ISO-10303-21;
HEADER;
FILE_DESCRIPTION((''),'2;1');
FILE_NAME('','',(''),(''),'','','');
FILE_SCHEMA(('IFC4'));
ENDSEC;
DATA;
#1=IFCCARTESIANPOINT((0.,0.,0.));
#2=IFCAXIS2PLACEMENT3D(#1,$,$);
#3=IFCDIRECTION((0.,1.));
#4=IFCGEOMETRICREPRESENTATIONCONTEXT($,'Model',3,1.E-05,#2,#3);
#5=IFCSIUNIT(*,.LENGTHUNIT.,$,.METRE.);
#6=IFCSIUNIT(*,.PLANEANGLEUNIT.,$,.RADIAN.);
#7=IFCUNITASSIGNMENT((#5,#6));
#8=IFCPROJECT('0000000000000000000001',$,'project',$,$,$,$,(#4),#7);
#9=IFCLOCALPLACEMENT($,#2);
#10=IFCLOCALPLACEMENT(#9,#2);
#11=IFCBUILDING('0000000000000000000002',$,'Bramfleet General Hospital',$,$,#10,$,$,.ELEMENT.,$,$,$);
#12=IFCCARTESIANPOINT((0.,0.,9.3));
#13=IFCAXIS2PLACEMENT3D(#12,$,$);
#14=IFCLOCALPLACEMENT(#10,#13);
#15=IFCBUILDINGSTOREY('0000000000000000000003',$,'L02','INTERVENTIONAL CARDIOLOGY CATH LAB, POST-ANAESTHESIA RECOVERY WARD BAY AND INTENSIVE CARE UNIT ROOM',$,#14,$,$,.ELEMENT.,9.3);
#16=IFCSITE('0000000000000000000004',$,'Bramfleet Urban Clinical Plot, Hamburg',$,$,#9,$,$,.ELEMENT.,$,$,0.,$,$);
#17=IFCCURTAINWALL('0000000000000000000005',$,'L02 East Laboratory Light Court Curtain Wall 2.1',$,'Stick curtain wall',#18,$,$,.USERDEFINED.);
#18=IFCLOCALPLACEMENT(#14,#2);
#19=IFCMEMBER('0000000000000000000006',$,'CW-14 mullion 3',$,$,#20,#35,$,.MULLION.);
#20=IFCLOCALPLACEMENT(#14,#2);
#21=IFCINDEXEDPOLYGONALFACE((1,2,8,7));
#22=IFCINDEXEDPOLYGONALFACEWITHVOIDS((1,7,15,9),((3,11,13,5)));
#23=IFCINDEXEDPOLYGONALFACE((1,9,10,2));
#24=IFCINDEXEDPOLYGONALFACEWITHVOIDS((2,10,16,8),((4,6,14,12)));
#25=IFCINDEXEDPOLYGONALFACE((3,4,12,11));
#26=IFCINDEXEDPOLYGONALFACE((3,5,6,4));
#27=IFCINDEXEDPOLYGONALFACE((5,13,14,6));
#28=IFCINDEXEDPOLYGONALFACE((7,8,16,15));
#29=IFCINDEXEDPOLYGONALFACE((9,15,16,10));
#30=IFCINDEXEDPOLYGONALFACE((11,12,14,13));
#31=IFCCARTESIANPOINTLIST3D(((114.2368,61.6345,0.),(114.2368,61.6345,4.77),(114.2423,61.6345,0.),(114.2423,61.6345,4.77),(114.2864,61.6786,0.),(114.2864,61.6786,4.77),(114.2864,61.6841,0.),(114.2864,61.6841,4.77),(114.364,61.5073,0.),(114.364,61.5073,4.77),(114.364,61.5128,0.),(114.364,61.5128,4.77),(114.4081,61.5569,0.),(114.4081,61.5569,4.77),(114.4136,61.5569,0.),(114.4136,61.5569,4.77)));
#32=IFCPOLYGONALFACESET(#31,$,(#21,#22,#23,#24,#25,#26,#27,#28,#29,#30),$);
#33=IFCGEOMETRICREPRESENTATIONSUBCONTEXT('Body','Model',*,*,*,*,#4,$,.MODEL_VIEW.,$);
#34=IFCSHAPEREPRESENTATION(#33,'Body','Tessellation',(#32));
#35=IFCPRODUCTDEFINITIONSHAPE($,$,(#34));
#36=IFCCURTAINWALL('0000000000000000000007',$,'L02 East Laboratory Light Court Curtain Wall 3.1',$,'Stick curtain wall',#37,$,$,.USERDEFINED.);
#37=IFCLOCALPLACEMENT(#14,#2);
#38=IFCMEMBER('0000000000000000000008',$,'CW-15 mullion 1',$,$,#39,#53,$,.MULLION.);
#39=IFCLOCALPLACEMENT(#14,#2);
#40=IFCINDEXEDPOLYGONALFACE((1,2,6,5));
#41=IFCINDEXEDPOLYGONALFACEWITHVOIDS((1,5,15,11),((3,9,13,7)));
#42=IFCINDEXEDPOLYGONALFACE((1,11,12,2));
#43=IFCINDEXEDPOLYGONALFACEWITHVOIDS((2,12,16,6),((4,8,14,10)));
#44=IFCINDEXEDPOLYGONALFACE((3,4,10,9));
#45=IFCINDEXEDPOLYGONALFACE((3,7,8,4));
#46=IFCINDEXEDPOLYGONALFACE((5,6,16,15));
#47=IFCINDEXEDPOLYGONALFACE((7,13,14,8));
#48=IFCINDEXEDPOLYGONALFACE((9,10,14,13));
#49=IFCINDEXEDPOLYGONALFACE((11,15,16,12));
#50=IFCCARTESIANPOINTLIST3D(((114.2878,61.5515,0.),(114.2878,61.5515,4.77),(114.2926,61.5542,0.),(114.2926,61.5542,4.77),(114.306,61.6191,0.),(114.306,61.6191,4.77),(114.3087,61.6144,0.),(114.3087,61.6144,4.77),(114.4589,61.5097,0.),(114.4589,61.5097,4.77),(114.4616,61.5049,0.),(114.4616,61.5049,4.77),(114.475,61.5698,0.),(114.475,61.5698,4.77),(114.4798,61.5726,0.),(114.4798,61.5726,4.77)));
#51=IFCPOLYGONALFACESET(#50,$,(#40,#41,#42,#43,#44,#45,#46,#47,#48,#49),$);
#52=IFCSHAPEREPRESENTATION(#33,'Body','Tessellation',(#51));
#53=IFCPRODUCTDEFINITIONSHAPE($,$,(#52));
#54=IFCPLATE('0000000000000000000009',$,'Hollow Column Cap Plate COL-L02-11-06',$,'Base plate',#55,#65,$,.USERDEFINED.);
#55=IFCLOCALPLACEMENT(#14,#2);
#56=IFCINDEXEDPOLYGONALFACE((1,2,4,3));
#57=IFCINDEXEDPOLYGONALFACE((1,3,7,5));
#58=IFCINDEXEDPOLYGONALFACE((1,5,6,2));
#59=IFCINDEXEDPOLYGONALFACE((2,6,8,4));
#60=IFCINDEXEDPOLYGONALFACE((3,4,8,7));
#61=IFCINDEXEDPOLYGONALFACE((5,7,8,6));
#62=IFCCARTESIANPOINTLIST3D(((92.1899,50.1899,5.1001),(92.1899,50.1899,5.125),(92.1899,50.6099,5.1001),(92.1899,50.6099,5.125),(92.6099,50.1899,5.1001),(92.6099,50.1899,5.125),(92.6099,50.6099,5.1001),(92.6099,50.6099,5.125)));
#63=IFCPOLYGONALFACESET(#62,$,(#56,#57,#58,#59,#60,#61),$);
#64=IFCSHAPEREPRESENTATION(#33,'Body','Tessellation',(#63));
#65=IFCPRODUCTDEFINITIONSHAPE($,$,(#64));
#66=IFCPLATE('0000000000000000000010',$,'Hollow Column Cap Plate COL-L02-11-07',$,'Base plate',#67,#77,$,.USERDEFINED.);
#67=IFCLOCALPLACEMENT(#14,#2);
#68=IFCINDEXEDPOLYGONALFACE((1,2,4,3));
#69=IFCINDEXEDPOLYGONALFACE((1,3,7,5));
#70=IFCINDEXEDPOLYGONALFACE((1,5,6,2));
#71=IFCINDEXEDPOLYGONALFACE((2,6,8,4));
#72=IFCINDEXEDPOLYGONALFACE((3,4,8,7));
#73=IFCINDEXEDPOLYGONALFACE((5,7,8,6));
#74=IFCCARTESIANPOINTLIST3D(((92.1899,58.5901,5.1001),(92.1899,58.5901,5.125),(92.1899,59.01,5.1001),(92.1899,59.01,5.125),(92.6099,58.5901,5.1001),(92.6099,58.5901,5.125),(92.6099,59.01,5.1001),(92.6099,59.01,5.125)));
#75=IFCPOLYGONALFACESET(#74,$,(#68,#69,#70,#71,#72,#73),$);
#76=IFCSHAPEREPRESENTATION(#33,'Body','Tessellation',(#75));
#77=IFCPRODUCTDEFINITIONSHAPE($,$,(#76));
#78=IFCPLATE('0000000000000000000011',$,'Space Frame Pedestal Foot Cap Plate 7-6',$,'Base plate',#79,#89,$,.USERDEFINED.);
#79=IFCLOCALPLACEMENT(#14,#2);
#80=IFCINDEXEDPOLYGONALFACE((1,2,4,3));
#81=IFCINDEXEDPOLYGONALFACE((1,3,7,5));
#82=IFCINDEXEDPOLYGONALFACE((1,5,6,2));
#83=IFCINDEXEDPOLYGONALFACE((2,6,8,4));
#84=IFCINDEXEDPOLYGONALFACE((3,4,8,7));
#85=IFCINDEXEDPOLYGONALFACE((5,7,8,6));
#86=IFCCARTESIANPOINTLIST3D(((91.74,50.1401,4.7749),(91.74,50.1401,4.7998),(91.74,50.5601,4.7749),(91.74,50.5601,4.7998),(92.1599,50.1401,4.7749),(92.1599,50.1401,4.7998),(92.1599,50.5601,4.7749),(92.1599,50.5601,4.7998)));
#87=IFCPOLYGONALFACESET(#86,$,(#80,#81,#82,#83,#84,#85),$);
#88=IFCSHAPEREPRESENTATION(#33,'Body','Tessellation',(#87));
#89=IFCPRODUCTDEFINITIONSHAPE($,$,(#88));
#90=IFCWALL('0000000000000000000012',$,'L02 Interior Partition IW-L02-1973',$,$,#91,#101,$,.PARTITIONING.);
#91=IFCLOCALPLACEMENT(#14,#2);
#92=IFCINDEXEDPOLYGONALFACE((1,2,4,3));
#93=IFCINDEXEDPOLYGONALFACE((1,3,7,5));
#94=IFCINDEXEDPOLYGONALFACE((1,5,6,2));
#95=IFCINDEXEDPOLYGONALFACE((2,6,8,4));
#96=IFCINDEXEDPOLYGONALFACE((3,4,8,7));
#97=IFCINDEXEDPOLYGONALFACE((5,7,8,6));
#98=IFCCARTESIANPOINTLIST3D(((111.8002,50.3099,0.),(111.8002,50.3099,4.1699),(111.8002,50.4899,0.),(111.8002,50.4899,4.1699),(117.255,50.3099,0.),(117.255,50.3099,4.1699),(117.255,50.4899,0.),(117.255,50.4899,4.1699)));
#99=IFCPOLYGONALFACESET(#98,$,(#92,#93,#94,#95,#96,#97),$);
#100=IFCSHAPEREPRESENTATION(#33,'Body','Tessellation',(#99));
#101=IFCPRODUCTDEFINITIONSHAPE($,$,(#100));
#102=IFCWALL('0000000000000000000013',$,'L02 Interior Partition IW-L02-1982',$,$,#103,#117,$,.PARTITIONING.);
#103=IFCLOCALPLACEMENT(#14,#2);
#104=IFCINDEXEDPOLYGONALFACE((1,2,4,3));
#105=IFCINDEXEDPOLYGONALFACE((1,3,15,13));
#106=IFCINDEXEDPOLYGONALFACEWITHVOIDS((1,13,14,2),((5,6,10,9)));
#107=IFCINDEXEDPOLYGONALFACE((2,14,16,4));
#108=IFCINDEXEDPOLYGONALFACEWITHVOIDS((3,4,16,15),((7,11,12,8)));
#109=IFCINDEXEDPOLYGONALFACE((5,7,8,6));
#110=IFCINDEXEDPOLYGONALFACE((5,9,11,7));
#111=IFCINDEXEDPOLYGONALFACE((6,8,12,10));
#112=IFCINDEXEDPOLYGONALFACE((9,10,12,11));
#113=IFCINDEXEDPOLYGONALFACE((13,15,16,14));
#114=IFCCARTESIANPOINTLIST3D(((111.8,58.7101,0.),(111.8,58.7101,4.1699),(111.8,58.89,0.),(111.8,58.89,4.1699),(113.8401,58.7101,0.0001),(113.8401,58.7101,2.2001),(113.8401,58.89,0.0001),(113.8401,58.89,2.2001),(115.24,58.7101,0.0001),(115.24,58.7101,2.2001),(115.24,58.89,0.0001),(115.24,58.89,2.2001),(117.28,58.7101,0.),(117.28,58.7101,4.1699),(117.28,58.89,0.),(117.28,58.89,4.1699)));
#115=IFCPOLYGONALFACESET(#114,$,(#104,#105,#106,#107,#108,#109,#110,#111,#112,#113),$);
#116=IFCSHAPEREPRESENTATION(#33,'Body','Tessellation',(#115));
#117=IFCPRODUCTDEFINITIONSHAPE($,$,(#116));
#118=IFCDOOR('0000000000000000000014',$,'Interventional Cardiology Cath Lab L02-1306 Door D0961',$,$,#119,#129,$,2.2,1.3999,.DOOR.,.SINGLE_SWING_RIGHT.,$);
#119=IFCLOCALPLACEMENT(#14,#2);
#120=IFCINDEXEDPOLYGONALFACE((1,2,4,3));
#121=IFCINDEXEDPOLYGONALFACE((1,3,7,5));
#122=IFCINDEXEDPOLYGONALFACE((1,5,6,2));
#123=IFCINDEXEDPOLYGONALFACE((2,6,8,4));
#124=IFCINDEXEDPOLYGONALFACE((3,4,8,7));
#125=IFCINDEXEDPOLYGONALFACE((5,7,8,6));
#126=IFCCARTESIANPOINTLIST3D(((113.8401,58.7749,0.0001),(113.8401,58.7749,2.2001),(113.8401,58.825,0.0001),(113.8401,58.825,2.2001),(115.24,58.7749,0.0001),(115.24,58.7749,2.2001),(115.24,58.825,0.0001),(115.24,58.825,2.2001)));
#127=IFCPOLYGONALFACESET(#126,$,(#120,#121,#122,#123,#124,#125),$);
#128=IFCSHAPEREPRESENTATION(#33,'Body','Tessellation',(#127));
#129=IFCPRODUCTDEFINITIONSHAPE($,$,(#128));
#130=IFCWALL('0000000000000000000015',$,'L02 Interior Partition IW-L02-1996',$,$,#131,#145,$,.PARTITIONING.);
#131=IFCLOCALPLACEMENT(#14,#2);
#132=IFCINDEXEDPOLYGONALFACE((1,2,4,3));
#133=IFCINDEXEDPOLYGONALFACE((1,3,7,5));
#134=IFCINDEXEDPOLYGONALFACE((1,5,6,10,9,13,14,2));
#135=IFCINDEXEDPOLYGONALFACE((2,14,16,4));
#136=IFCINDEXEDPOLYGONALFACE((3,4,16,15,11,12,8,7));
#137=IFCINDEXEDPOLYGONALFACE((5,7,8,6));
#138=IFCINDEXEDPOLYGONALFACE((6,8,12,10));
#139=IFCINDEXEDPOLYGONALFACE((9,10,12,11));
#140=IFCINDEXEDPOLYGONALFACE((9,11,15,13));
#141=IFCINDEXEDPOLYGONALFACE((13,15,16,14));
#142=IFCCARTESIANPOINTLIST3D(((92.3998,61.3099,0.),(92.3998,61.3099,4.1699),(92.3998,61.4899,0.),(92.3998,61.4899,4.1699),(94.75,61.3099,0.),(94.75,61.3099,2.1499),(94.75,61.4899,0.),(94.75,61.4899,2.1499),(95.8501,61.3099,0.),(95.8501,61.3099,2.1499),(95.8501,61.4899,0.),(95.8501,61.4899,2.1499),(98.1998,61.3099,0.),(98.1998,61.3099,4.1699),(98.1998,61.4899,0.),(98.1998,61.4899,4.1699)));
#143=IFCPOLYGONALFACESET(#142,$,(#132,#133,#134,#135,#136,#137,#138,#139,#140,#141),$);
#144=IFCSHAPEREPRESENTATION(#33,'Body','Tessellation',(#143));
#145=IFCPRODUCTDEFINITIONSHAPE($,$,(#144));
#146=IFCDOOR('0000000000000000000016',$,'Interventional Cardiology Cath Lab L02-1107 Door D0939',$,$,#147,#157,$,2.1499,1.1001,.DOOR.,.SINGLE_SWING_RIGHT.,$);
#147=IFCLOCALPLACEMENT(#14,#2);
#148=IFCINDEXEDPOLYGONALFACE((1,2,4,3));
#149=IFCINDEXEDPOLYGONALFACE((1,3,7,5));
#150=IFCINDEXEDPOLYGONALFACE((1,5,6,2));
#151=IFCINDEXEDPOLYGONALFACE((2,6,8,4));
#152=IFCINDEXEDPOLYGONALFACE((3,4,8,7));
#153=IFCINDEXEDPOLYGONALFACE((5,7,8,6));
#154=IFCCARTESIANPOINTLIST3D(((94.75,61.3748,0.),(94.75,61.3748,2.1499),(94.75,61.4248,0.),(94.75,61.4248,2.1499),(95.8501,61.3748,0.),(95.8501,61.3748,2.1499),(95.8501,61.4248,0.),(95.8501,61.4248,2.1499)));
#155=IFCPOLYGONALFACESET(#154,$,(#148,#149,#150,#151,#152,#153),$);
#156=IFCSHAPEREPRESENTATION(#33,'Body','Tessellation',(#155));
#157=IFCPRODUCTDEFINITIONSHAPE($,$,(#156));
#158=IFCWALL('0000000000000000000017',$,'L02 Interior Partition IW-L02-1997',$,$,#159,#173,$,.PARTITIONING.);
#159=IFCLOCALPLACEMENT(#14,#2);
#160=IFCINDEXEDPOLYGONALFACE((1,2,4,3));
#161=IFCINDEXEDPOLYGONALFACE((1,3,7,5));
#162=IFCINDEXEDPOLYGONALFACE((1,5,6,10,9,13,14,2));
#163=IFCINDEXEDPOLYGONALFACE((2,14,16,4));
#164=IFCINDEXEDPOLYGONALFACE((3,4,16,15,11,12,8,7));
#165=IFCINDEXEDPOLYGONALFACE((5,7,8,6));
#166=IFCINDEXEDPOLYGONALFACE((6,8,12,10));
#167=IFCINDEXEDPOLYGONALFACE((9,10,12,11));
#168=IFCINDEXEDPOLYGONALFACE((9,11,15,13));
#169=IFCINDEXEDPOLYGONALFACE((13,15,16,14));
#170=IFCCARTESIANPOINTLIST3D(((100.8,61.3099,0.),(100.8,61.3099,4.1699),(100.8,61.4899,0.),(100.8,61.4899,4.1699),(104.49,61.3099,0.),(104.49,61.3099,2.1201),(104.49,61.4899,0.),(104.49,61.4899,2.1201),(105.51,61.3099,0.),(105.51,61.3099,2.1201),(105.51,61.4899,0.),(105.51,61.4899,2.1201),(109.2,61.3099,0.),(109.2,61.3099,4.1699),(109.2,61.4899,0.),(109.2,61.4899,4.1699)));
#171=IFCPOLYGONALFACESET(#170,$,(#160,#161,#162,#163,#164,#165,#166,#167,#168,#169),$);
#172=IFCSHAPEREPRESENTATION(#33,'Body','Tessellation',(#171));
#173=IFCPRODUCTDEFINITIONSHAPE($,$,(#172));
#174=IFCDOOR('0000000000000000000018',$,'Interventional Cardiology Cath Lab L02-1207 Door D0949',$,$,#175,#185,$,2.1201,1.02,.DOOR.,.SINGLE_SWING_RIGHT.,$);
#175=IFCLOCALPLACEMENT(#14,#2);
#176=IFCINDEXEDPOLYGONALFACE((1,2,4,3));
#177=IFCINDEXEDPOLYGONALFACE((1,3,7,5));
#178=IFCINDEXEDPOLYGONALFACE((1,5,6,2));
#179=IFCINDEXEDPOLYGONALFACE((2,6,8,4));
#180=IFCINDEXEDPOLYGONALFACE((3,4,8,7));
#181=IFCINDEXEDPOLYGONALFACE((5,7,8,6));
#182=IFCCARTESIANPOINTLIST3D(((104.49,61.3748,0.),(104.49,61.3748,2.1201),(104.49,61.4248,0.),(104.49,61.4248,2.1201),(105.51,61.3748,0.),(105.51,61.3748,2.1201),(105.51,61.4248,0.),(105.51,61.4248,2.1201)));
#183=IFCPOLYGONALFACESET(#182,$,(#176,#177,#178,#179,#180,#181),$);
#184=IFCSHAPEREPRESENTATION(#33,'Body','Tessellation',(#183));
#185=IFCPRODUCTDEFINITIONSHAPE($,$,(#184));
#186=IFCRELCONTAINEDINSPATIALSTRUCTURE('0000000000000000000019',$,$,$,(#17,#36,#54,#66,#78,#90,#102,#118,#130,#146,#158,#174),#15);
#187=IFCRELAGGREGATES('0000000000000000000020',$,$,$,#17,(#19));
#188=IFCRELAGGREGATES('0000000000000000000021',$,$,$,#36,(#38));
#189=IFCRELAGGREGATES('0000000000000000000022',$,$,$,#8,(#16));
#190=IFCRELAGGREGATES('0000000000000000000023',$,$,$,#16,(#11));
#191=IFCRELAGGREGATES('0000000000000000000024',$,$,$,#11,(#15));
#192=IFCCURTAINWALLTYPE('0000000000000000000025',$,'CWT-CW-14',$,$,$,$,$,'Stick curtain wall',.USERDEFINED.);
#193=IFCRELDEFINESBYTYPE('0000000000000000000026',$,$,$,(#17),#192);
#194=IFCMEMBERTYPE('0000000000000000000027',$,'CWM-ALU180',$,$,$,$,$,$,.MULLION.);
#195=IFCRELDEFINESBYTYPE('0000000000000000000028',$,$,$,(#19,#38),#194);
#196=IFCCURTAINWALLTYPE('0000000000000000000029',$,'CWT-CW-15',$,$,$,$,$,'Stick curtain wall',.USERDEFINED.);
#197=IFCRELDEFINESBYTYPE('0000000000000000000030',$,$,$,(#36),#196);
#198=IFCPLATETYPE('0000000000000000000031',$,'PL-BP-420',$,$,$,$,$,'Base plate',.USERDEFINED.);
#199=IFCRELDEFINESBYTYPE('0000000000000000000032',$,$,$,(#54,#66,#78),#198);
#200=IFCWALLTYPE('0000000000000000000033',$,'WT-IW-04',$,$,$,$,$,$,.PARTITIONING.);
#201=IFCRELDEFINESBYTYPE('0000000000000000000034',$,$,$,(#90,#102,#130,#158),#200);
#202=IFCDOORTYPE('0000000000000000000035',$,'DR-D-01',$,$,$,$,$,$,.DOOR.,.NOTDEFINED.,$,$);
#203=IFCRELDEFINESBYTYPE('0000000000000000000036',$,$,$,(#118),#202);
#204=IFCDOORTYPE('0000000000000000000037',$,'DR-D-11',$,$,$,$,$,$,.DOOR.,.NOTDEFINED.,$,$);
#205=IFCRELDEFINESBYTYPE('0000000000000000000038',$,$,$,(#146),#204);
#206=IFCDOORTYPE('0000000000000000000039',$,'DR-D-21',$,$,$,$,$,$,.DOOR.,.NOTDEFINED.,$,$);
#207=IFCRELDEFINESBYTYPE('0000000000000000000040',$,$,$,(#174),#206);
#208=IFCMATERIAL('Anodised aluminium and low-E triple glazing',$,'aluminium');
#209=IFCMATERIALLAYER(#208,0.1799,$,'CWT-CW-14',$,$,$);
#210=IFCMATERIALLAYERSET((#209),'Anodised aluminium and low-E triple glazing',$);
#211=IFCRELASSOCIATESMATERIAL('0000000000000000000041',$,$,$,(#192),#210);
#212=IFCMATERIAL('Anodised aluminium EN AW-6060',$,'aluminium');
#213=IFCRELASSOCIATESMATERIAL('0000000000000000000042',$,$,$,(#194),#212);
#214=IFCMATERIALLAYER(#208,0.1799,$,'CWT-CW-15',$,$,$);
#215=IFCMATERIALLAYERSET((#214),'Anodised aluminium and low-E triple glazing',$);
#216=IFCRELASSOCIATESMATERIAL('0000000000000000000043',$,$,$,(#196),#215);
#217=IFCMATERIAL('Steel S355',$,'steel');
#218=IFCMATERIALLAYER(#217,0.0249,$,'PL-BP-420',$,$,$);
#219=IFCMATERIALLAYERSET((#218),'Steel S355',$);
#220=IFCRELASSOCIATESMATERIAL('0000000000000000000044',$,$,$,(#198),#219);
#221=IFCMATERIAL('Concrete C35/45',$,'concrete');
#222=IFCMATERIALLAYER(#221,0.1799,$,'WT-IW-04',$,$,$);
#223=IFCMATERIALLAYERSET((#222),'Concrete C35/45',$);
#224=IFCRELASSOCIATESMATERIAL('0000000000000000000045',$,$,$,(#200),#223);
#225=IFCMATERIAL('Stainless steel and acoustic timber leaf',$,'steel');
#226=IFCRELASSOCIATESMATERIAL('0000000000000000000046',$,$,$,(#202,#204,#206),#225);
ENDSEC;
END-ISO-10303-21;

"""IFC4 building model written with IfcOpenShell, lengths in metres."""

from ifc_helpers import new_model, si_unit, direction, frame, frame_2d, origin, origin_2d, place, context, subcontext, project, spatial, rectangle, hollow_rectangle, extrude, material, layer, layer_set, material_profile, profile_set, type_object, element, fill, aggregate, save


model = new_model("IFC4")

# Units and contexts
model_context = context("Model", 3, precision=1e-05, world=origin(), true_north=direction((0.0, 1.0)))
body_context = subcontext(model_context, "Body", "Model", "MODEL_VIEW")
ifc_project = project(units=[si_unit("LENGTHUNIT", "METRE"), si_unit("PLANEANGLEUNIT", "RADIAN")], contexts=[model_context])

# Site, building, storey
site_placement = place(None, origin())
site = spatial("IfcSite", under=ifc_project, at=site_placement, Name="Bramfleet Urban Clinical Plot, Hamburg", CompositionType="ELEMENT", RefElevation=0.0)
building_placement = place(site_placement, origin())
building = spatial("IfcBuilding", under=site, at=building_placement, Name="Bramfleet General Hospital", CompositionType="ELEMENT")
storey_placement = place(building_placement, frame((0.0, 0.0, 9.3)))
storey = spatial("IfcBuildingStorey", under=building, at=storey_placement, Name="L02", Description="INTERVENTIONAL CARDIOLOGY CATH LAB, POST-ANAESTHESIA RECOVERY WARD BAY AND INTENSIVE CARE UNIT ROOM", CompositionType="ELEMENT", Elevation=9.3)

# Shared definitions
ifc_material_1 = material(Name="Steel S355", Category="steel")

# Shared definitions
ifc_material_2 = material(Name="Concrete C35/45", Category="concrete")

# Curtain walls, members
ifc_material_3 = material(Name="Anodised aluminium and low-E triple glazing", Category="aluminium")
ifc_layer_1 = layer(ifc_material_3, 0.1799, Name="CWT-CW-14")
ifc_layer_set_1 = layer_set([ifc_layer_1], Name="Anodised aluminium and low-E triple glazing")
curtain_wall_type_1 = type_object("IfcCurtainWallType", Name="CWT-CW-14", ElementType="Stick curtain wall", PredefinedType="USERDEFINED", material=ifc_layer_set_1)
curtain_wall_1_placement = place(storey_placement, origin())
curtain_wall_1 = element("IfcCurtainWall", 1, at=curtain_wall_1_placement, inside=storey, type_object=curtain_wall_type_1, Name="L02 East Laboratory Light Court Curtain Wall 2.1", ObjectType="Stick curtain wall", PredefinedType="USERDEFINED")
ifc_material_4 = material(Name="Anodised aluminium EN AW-6060", Category="aluminium")
ifc_material_profile_1 = material_profile(ifc_material_4, hollow_rectangle(XDim=0.0701, YDim=0.1799, WallThickness=0.0039, at=origin_2d()), Name="ALU 180x70x4.0")
ifc_profile_set_1 = profile_set([ifc_material_profile_1], Name="Anodised aluminium EN AW-6060")
member_type = type_object("IfcMemberType", Name="CWM-ALU180", PredefinedType="MULLION", material=ifc_profile_set_1)
member_1_placement = place(storey_placement, frame((114.3252, 61.5957, 0.0), z_axis=(0.0, 0.0, 1.0), x_axis=(0.707107, 0.707107, 0.0)))
member_1 = element("IfcMember", 2, at=member_1_placement, type_object=member_type, Name="CW-14 mullion 3", PredefinedType="MULLION", context=body_context, shape_type="SweptSolid", body=[
    extrude(hollow_rectangle(XDim=0.0701, YDim=0.1799, WallThickness=0.0039, at=origin_2d()), origin(), (0.0, 0.0, 1.0), 4.77),
])
aggregate(curtain_wall_1, [member_1])
ifc_layer_2 = layer(ifc_material_3, 0.1799, Name="CWT-CW-15")
ifc_layer_set_2 = layer_set([ifc_layer_2], Name="Anodised aluminium and low-E triple glazing")
curtain_wall_type_2 = type_object("IfcCurtainWallType", Name="CWT-CW-15", ElementType="Stick curtain wall", PredefinedType="USERDEFINED", material=ifc_layer_set_2)
curtain_wall_2_placement = place(storey_placement, origin())
curtain_wall_2 = element("IfcCurtainWall", 3, at=curtain_wall_2_placement, inside=storey, type_object=curtain_wall_type_2, Name="L02 East Laboratory Light Court Curtain Wall 3.1", ObjectType="Stick curtain wall", PredefinedType="USERDEFINED")
member_2_placement = place(storey_placement, frame((114.3838, 61.562, 0.0), z_axis=(0.0, 0.0, 1.0), x_axis=(0.258865, 0.965914, 0.0)))
member_2 = element("IfcMember", 4, at=member_2_placement, type_object=member_type, Name="CW-15 mullion 1", PredefinedType="MULLION", context=body_context, shape_type="SweptSolid", body=[
    extrude(hollow_rectangle(XDim=0.0701, YDim=0.1799, WallThickness=0.0039, at=origin_2d()), origin(), (0.0, 0.0, 1.0), 4.77),
])
aggregate(curtain_wall_2, [member_2])

# Plates
ifc_layer_3 = layer(ifc_material_1, 0.0249, Name="PL-BP-420")
ifc_layer_set_3 = layer_set([ifc_layer_3], Name="Steel S355")
plate_type = type_object("IfcPlateType", Name="PL-BP-420", ElementType="Base plate", PredefinedType="USERDEFINED", material=ifc_layer_set_3)
for number, where, z_axis, x_axis, name in (
    (5, (92.3999, 50.3999, 5.1001), (0.0, 0.0, 1.0), (1.0, 0.0, 0.0), "Hollow Column Cap Plate COL-L02-11-06"),
    (6, (92.3999, 58.8, 5.1001), (0.0, 0.0, 1.0), (1.0, 0.0, 0.0), "Hollow Column Cap Plate COL-L02-11-07"),
    (7, (91.95, 50.3501, 4.7749), (0.0, 0.0, 1.0), (1.0, 0.0, 0.0), "Space Frame Pedestal Foot Cap Plate 7-6"),
):
    element("IfcPlate", number, at=place(storey_placement, frame(where, z_axis=z_axis, x_axis=x_axis)), inside=storey, type_object=plate_type, Name=name, ObjectType="Base plate", PredefinedType="USERDEFINED", context=body_context, shape_type="SweptSolid", body=[
        extrude(rectangle(XDim=0.4199, YDim=0.4199, at=origin_2d()), origin(), (0.0, 0.0, 1.0), 0.0249),
    ])

# Wall
ifc_layer_4 = layer(ifc_material_2, 0.1799, Name="WT-IW-04")
ifc_layer_set_4 = layer_set([ifc_layer_4], Name="Concrete C35/45")
wall_type = type_object("IfcWallType", Name="WT-IW-04", PredefinedType="PARTITIONING", material=ifc_layer_set_4)
wall_1_placement = place(storey_placement, frame((111.8, 50.3999, 0.0), z_axis=(0.0, 0.0, 1.0), x_axis=(1.0, 0.0, 0.0)))
element("IfcWall", 8, at=wall_1_placement, inside=storey, type_object=wall_type, Name="L02 Interior Partition IW-L02-1973", PredefinedType="PARTITIONING", context=body_context, shape_type="SweptSolid", body=[
    extrude(rectangle(XDim=5.4548, YDim=0.1799, at=frame_2d((2.7275, 0.0))), origin(), (0.0, 0.0, 1.0), 4.1699),
])

# Walls, openings, doors
wall_2_placement = place(storey_placement, frame((111.8, 58.8, 0.0), z_axis=(0.0, 0.0, 1.0), x_axis=(1.0, 0.0, 0.0)))
wall_2 = element("IfcWall", 9, at=wall_2_placement, inside=storey, type_object=wall_type, Name="L02 Interior Partition IW-L02-1982", PredefinedType="PARTITIONING", context=body_context, shape_type="SweptSolid", body=[
    extrude(rectangle(XDim=5.48, YDim=0.1799, at=frame_2d((2.74, 0.0))), origin(), (0.0, 0.0, 1.0), 4.1699),
])
opening_1_placement = place(wall_2_placement, frame((2.04, 0.0, 0.0)))
opening_1 = element("IfcOpeningElement", 10, at=opening_1_placement, cuts=wall_2, PredefinedType="OPENING", context=body_context, shape_type="SweptSolid", body=[
    extrude(rectangle(XDim=1.3999, YDim=2.2, at=frame_2d((0.7, 1.1001))), frame((0.0, 0.0999, 0.0), z_axis=(0.0, -1.0, 0.0), x_axis=(1.0, 0.0, 0.0)), (0.0, 0.0, 1.0), 0.2),
])
ifc_material_5 = material(Name="Stainless steel and acoustic timber leaf", Category="steel")
door_type_1 = type_object("IfcDoorType", Name="DR-D-01", OperationType="NOTDEFINED", PredefinedType="DOOR", material=ifc_material_5)
door_1_placement = place(opening_1_placement, origin())
door_1 = element("IfcDoor", 11, at=door_1_placement, inside=storey, type_object=door_type_1, Name="Interventional Cardiology Cath Lab L02-1306 Door D0961", OperationType="SINGLE_SWING_RIGHT", OverallHeight=2.2, OverallWidth=1.3999, PredefinedType="DOOR", context=body_context, shape_type="SweptSolid", body=[
    extrude(rectangle(XDim=1.3999, YDim=2.2, at=frame_2d((0.7, 1.1001))), frame((0.0, 0.0249, 0.0), z_axis=(0.0, -1.0, 0.0), x_axis=(1.0, 0.0, 0.0)), (0.0, 0.0, 1.0), 0.05),
])
fill(opening_1, door_1)
wall_3_placement = place(storey_placement, frame((92.3999, 61.3999, 0.0), z_axis=(0.0, 0.0, 1.0), x_axis=(1.0, 0.0, 0.0)))
wall_3 = element("IfcWall", 12, at=wall_3_placement, inside=storey, type_object=wall_type, Name="L02 Interior Partition IW-L02-1996", PredefinedType="PARTITIONING", context=body_context, shape_type="SweptSolid", body=[
    extrude(rectangle(XDim=5.8, YDim=0.1799, at=frame_2d((2.8999, 0.0))), origin(), (0.0, 0.0, 1.0), 4.1699),
])
opening_2_placement = place(wall_3_placement, frame((2.3501, 0.0, 0.0)))
opening_2 = element("IfcOpeningElement", 13, at=opening_2_placement, cuts=wall_3, PredefinedType="OPENING", context=body_context, shape_type="SweptSolid", body=[
    extrude(rectangle(XDim=1.1001, YDim=2.1499, at=frame_2d((0.55, 1.075))), frame((0.0, 0.0999, 0.0), z_axis=(0.0, -1.0, 0.0), x_axis=(1.0, 0.0, 0.0)), (0.0, 0.0, 1.0), 0.2),
])
door_type_2 = type_object("IfcDoorType", Name="DR-D-11", OperationType="NOTDEFINED", PredefinedType="DOOR", material=ifc_material_5)
door_2_placement = place(opening_2_placement, origin())
door_2 = element("IfcDoor", 14, at=door_2_placement, inside=storey, type_object=door_type_2, Name="Interventional Cardiology Cath Lab L02-1107 Door D0939", OperationType="SINGLE_SWING_RIGHT", OverallHeight=2.1499, OverallWidth=1.1001, PredefinedType="DOOR", context=body_context, shape_type="SweptSolid", body=[
    extrude(rectangle(XDim=1.1001, YDim=2.1499, at=frame_2d((0.55, 1.075))), frame((0.0, 0.0249, 0.0), z_axis=(0.0, -1.0, 0.0), x_axis=(1.0, 0.0, 0.0)), (0.0, 0.0, 1.0), 0.05),
])
fill(opening_2, door_2)
wall_4_placement = place(storey_placement, frame((100.8, 61.3999, 0.0), z_axis=(0.0, 0.0, 1.0), x_axis=(1.0, 0.0, 0.0)))
wall_4 = element("IfcWall", 15, at=wall_4_placement, inside=storey, type_object=wall_type, Name="L02 Interior Partition IW-L02-1997", PredefinedType="PARTITIONING", context=body_context, shape_type="SweptSolid", body=[
    extrude(rectangle(XDim=8.3999, YDim=0.1799, at=frame_2d((4.2, 0.0))), origin(), (0.0, 0.0, 1.0), 4.1699),
])
opening_3_placement = place(wall_4_placement, frame((3.6899, 0.0, 0.0)))
opening_3 = element("IfcOpeningElement", 16, at=opening_3_placement, cuts=wall_4, PredefinedType="OPENING", context=body_context, shape_type="SweptSolid", body=[
    extrude(rectangle(XDim=1.02, YDim=2.1201, at=frame_2d((0.51, 1.0601))), frame((0.0, 0.0999, 0.0), z_axis=(0.0, -1.0, 0.0), x_axis=(1.0, 0.0, 0.0)), (0.0, 0.0, 1.0), 0.2),
])
door_type_3 = type_object("IfcDoorType", Name="DR-D-21", OperationType="NOTDEFINED", PredefinedType="DOOR", material=ifc_material_5)
door_3_placement = place(opening_3_placement, origin())
door_3 = element("IfcDoor", 17, at=door_3_placement, inside=storey, type_object=door_type_3, Name="Interventional Cardiology Cath Lab L02-1207 Door D0949", OperationType="SINGLE_SWING_RIGHT", OverallHeight=2.1201, OverallWidth=1.02, PredefinedType="DOOR", context=body_context, shape_type="SweptSolid", body=[
    extrude(rectangle(XDim=1.02, YDim=2.1201, at=frame_2d((0.51, 1.0601))), frame((0.0, 0.0249, 0.0), z_axis=(0.0, -1.0, 0.0), x_axis=(1.0, 0.0, 0.0)), (0.0, 0.0, 1.0), 0.05),
])
fill(opening_3, door_3)

save(model, "model.ifc")
